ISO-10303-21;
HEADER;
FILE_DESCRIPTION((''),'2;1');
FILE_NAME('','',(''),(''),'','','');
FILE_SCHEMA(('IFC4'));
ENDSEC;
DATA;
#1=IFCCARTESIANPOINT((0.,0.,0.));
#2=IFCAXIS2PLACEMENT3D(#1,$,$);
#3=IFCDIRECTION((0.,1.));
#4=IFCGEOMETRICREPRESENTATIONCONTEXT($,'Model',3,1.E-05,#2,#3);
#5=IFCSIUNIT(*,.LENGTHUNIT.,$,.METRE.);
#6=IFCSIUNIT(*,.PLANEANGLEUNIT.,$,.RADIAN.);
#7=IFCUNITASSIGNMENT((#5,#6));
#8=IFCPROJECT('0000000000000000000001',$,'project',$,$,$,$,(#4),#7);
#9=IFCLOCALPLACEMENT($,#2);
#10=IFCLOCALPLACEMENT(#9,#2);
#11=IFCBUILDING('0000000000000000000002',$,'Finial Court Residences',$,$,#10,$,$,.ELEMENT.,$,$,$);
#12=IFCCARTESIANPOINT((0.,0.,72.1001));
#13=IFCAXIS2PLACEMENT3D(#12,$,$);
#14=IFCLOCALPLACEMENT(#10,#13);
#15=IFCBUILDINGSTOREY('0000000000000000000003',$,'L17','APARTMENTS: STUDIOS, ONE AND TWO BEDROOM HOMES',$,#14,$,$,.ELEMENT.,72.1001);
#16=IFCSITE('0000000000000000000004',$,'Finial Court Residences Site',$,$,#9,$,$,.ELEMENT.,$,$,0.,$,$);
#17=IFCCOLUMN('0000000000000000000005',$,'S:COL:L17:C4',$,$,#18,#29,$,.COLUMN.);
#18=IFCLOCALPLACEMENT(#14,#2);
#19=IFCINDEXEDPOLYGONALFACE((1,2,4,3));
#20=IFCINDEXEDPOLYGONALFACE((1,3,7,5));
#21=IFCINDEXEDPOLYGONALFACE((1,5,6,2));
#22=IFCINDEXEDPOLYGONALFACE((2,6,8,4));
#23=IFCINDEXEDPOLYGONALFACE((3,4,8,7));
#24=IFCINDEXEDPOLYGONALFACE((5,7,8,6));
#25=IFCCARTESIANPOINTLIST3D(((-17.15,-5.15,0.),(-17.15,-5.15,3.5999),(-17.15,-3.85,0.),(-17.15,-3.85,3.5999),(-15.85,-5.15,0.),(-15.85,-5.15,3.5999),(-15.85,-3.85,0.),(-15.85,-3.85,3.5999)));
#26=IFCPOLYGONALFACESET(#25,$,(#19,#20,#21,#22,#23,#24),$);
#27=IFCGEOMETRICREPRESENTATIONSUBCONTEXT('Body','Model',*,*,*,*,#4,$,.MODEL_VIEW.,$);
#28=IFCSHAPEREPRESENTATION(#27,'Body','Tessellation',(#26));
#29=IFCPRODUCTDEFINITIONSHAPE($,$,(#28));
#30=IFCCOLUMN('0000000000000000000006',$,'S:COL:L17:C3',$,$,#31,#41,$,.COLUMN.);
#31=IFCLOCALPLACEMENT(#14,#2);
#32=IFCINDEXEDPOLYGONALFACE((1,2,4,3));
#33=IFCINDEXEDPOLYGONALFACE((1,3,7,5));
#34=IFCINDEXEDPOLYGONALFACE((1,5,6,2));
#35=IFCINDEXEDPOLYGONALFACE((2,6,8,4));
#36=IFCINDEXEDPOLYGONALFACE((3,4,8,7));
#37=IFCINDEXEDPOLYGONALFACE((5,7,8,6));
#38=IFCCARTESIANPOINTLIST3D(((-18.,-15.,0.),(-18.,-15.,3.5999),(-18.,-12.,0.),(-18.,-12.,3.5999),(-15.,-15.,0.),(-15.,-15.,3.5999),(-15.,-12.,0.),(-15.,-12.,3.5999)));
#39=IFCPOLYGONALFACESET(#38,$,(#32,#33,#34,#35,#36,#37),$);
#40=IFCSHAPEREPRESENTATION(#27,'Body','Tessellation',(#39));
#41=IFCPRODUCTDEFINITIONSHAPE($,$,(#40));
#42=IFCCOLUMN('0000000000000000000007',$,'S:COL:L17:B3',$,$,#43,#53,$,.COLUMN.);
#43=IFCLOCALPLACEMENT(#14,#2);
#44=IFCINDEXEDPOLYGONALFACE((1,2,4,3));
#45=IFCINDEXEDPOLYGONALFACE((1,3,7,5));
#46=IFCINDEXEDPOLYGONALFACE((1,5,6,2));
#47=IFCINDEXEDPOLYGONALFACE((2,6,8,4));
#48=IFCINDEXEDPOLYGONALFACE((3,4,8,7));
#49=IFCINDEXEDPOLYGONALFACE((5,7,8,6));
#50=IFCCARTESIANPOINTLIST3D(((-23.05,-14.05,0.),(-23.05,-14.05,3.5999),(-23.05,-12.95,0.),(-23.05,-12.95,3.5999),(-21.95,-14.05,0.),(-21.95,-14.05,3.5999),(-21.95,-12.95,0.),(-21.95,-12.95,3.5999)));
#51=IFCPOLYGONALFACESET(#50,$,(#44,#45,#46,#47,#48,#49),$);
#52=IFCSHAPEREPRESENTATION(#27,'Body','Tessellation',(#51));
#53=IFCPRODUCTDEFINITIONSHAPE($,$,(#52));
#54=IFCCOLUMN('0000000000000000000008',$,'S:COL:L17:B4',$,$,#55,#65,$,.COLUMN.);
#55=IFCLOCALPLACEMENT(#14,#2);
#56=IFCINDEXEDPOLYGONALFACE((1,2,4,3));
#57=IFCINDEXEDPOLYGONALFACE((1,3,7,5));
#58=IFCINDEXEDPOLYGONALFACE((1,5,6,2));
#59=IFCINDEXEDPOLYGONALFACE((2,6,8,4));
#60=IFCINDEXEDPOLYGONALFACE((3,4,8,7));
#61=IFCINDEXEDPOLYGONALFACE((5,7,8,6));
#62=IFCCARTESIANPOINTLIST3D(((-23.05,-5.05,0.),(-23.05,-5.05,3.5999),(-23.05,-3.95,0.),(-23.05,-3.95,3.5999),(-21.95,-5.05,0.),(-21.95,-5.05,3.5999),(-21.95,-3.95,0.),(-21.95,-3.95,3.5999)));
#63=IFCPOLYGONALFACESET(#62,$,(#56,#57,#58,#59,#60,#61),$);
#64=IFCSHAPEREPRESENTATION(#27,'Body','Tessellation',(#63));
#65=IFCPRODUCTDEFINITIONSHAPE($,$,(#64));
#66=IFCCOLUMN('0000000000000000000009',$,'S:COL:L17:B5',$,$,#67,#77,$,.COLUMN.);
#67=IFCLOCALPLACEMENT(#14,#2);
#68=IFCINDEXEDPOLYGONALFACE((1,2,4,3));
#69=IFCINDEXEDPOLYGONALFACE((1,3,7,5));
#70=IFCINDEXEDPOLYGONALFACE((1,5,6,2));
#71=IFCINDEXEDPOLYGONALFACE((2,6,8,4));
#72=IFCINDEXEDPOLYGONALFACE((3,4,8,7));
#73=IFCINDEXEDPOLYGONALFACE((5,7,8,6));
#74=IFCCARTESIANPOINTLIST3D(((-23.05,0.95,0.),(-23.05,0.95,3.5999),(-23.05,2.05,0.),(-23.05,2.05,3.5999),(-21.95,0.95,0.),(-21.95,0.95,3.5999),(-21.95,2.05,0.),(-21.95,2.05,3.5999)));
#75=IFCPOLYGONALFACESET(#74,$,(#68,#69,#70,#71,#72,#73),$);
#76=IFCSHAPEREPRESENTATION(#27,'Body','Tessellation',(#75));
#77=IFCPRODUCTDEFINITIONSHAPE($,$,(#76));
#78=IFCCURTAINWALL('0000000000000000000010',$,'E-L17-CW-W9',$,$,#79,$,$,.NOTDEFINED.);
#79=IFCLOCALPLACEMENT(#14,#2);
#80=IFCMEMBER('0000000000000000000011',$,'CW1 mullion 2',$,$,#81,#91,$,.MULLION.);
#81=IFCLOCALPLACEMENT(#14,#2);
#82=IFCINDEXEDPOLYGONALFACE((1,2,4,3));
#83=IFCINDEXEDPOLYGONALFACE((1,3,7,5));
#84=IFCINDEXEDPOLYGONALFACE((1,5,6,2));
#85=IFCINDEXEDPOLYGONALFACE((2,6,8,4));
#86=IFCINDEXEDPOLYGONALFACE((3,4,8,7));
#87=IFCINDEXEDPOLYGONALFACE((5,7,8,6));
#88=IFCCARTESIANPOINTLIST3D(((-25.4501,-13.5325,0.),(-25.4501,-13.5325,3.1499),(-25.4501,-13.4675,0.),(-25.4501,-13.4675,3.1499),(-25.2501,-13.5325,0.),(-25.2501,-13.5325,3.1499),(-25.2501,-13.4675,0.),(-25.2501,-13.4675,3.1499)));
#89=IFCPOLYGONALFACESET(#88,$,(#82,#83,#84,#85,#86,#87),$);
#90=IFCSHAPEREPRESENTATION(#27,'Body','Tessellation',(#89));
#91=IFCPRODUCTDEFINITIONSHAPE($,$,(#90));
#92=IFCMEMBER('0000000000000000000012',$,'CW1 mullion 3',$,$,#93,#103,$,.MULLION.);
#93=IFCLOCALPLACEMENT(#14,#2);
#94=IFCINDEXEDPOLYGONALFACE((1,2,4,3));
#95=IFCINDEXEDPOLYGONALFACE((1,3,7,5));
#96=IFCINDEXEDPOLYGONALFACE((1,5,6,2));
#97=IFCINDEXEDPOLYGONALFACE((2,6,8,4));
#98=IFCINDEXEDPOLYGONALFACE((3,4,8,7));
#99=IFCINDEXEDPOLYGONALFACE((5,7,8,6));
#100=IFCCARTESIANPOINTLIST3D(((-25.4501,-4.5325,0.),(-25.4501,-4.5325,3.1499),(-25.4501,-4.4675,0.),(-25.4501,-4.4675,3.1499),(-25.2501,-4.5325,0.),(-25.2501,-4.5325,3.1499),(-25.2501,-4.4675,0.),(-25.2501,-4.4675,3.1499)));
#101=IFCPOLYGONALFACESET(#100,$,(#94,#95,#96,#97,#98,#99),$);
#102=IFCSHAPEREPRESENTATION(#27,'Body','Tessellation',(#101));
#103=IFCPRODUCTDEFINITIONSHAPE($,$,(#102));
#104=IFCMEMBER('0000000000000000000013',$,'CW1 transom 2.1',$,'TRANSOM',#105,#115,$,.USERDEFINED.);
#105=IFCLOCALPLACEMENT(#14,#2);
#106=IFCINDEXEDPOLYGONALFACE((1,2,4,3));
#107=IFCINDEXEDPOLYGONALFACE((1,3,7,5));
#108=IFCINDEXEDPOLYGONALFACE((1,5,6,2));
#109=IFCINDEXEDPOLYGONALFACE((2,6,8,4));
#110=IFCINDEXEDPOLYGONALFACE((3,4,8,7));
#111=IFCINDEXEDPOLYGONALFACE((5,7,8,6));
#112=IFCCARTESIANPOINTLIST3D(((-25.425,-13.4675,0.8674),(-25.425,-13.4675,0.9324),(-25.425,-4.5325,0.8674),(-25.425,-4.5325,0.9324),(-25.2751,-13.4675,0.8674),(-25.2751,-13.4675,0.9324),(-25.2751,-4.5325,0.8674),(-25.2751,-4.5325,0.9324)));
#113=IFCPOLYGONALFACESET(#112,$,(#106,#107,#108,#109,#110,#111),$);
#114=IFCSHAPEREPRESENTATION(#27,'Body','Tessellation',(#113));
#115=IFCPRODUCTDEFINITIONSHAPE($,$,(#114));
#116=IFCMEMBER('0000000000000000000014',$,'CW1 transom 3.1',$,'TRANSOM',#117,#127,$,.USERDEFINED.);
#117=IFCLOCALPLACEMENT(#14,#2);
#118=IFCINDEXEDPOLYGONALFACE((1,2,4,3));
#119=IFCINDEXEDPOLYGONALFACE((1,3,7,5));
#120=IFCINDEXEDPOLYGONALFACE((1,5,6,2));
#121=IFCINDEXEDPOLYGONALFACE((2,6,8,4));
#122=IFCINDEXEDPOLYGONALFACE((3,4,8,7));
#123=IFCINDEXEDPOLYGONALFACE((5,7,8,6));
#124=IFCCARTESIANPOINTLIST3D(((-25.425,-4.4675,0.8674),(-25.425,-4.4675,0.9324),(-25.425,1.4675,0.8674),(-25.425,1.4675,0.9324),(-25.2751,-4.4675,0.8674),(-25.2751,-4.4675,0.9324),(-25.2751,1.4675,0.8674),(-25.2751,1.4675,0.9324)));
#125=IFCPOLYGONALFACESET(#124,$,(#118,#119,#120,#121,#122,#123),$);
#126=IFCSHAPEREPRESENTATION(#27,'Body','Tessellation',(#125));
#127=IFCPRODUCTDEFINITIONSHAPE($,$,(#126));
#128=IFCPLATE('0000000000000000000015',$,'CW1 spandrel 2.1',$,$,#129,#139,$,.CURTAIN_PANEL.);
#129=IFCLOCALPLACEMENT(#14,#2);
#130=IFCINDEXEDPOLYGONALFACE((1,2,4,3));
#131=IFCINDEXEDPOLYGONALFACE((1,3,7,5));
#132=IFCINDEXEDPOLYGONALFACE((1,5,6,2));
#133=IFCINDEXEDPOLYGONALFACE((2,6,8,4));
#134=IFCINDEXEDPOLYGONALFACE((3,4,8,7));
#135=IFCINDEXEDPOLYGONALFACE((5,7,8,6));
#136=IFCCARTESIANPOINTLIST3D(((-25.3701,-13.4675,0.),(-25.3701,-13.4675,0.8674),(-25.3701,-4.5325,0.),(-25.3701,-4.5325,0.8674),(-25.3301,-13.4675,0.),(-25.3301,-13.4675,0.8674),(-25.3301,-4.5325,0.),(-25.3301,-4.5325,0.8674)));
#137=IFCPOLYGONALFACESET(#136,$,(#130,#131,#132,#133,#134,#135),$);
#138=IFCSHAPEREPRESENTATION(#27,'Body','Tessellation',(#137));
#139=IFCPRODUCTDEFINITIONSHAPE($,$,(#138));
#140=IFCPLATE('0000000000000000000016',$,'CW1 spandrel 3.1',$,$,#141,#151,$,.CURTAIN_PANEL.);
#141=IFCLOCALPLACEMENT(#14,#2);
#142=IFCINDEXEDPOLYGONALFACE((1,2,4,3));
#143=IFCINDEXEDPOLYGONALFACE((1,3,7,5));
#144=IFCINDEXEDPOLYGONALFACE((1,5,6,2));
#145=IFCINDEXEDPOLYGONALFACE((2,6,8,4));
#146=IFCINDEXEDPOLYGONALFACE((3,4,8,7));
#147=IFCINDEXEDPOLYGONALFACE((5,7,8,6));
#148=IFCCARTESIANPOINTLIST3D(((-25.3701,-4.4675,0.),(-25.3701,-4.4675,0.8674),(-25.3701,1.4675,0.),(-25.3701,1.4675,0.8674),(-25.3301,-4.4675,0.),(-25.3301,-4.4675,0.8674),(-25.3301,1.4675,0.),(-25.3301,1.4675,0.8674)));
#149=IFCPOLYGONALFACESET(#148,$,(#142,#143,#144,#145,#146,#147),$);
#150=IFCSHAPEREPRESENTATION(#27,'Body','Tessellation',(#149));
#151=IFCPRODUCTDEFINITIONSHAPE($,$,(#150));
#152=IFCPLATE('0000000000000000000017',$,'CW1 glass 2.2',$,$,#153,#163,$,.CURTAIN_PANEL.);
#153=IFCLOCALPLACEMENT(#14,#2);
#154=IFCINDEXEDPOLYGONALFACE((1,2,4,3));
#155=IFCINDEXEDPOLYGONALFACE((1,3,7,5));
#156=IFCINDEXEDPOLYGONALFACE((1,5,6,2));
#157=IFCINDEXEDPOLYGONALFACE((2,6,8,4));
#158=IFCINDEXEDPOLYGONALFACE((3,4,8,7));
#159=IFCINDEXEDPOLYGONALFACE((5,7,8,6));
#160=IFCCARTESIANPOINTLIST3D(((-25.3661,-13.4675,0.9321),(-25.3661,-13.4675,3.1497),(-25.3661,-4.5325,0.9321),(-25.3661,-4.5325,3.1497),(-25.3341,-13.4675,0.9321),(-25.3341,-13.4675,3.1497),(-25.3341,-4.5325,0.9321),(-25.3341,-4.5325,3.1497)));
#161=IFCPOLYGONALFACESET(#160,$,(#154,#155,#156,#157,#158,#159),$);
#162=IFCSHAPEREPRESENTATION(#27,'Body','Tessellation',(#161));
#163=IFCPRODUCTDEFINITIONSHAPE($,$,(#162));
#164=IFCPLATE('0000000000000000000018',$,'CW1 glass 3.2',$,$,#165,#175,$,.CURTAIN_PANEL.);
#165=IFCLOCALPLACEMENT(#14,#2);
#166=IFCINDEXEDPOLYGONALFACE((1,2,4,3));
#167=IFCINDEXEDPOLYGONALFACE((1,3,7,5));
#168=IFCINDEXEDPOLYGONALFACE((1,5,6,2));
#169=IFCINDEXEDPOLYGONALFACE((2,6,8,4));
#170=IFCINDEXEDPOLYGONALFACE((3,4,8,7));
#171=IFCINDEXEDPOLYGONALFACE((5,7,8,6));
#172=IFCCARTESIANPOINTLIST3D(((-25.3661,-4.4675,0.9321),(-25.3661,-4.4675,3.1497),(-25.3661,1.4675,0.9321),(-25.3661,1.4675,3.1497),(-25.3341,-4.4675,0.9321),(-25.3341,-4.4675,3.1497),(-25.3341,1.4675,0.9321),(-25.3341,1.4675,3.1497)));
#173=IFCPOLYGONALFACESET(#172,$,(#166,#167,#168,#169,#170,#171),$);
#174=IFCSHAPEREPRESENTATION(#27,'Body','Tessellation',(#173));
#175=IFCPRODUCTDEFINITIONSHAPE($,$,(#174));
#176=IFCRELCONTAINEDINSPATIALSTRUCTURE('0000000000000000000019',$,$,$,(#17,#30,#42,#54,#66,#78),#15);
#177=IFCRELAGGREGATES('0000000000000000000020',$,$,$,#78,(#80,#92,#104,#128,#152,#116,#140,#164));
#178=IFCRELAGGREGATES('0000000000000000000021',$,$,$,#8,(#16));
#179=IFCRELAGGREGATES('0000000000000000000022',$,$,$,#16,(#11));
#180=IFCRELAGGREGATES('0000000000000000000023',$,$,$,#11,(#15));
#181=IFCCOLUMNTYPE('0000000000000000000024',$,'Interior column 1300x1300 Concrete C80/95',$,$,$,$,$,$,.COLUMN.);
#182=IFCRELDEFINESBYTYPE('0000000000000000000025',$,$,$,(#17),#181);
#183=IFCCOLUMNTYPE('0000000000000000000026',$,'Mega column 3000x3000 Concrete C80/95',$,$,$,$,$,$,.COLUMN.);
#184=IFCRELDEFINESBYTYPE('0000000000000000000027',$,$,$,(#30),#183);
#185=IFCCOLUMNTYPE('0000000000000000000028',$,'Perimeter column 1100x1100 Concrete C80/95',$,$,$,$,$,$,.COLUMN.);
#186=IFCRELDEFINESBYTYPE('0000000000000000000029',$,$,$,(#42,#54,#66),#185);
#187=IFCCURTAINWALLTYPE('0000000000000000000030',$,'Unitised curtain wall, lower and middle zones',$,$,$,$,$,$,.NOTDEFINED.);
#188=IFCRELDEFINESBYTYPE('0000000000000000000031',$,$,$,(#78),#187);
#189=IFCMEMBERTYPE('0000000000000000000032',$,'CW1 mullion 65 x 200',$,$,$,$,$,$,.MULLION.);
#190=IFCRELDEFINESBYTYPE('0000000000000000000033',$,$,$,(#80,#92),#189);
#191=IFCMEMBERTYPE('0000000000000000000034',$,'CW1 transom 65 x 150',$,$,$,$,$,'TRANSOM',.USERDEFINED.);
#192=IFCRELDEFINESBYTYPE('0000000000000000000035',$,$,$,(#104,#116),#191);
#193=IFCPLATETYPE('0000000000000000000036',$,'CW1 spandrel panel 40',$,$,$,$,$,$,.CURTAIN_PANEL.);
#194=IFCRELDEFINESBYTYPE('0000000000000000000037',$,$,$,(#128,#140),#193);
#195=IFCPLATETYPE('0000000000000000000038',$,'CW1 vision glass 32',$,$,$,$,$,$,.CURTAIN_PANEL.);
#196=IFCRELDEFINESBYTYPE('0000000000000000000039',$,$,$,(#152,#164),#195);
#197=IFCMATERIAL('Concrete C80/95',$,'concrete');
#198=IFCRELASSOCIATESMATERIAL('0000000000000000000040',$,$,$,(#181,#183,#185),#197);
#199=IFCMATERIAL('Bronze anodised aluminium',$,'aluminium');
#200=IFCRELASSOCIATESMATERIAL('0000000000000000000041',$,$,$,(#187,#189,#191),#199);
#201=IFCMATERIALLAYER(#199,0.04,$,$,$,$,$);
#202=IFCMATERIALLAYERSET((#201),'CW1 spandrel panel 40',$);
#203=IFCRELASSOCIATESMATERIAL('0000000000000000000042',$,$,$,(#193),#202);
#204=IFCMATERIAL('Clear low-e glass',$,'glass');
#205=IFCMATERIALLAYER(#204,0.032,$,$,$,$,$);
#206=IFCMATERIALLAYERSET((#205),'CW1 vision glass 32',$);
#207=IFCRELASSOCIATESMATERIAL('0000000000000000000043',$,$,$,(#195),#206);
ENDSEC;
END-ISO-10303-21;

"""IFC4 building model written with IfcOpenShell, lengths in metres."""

from ifc_helpers import new_model, si_unit, direction, frame, origin, origin_2d, place, context, subcontext, project, spatial, rectangle, extrude, material, layer, layer_set, material_profile, profile_set, type_object, element, aggregate, save


model = new_model("IFC4")

# Units and contexts
model_context = context("Model", 3, precision=1e-05, world=origin(), true_north=direction((0.0, 1.0)))
body_context = subcontext(model_context, "Body", "Model", "MODEL_VIEW")
ifc_project = project(units=[si_unit("LENGTHUNIT", "METRE"), si_unit("PLANEANGLEUNIT", "RADIAN")], contexts=[model_context])

# Site, building, storey
site_placement = place(None, origin())
site = spatial("IfcSite", under=ifc_project, at=site_placement, Name="Finial Court Residences Site", CompositionType="ELEMENT", RefElevation=0.0)
building_placement = place(site_placement, origin())
building = spatial("IfcBuilding", under=site, at=building_placement, Name="Finial Court Residences", CompositionType="ELEMENT")
storey_placement = place(building_placement, frame((0.0, 0.0, 72.1001)))
storey = spatial("IfcBuildingStorey", under=building, at=storey_placement, Name="L17", Description="APARTMENTS: STUDIOS, ONE AND TWO BEDROOM HOMES", CompositionType="ELEMENT", Elevation=72.1001)

# Columns
ifc_material_1 = material(Name="Concrete C80/95", Category="concrete")
ifc_material_profile_1 = material_profile(ifc_material_1, rectangle(XDim=1.3, YDim=1.3, at=origin_2d()), Name="1300x1300")
ifc_profile_set_1 = profile_set([ifc_material_profile_1], Name="Concrete C80/95")
column_type_1 = type_object("IfcColumnType", Name="Interior column 1300x1300 Concrete C80/95", PredefinedType="COLUMN", material=ifc_profile_set_1)
column_1_placement = place(storey_placement, frame((-16.5, -4.5, 0.0), z_axis=(0.0, 0.0, 1.0), x_axis=(1.0, 0.0, 0.0)))
element("IfcColumn", 1, at=column_1_placement, inside=storey, type_object=column_type_1, Name="S:COL:L17:C4", PredefinedType="COLUMN", context=body_context, shape_type="SweptSolid", body=[
    extrude(rectangle(XDim=1.3, YDim=1.3, at=origin_2d()), origin(), (0.0, 0.0, 1.0), 3.5999),
])
ifc_material_profile_2 = material_profile(ifc_material_1, rectangle(XDim=3.0, YDim=3.0, at=origin_2d()), Name="3000x3000")
ifc_profile_set_2 = profile_set([ifc_material_profile_2], Name="Concrete C80/95")
column_type_2 = type_object("IfcColumnType", Name="Mega column 3000x3000 Concrete C80/95", PredefinedType="COLUMN", material=ifc_profile_set_2)
column_2_placement = place(storey_placement, frame((-16.5, -13.5, 0.0), z_axis=(0.0, 0.0, 1.0), x_axis=(1.0, 0.0, 0.0)))
element("IfcColumn", 2, at=column_2_placement, inside=storey, type_object=column_type_2, Name="S:COL:L17:C3", PredefinedType="COLUMN", context=body_context, shape_type="SweptSolid", body=[
    extrude(rectangle(XDim=3.0, YDim=3.0, at=origin_2d()), origin(), (0.0, 0.0, 1.0), 3.5999),
])
ifc_material_profile_3 = material_profile(ifc_material_1, rectangle(XDim=1.1001, YDim=1.1001, at=origin_2d()), Name="1100x1100")
ifc_profile_set_3 = profile_set([ifc_material_profile_3], Name="Concrete C80/95")
column_type_3 = type_object("IfcColumnType", Name="Perimeter column 1100x1100 Concrete C80/95", PredefinedType="COLUMN", material=ifc_profile_set_3)
for number, where, z_axis, x_axis, name in (
    (3, (-22.5, -13.5, 0.0), (0.0, 0.0, 1.0), (1.0, 0.0, 0.0), "S:COL:L17:B3"),
    (4, (-22.5, -4.5, 0.0), (0.0, 0.0, 1.0), (1.0, 0.0, 0.0), "S:COL:L17:B4"),
    (5, (-22.5, 1.5, 0.0), (0.0, 0.0, 1.0), (1.0, 0.0, 0.0), "S:COL:L17:B5"),
):
    element("IfcColumn", number, at=place(storey_placement, frame(where, z_axis=z_axis, x_axis=x_axis)), inside=storey, type_object=column_type_3, Name=name, PredefinedType="COLUMN", context=body_context, shape_type="SweptSolid", body=[
        extrude(rectangle(XDim=1.1001, YDim=1.1001, at=origin_2d()), origin(), (0.0, 0.0, 1.0), 3.5999),
    ])

# Curtain wall, members, plates
ifc_material_2 = material(Name="Bronze anodised aluminium", Category="aluminium")
curtain_wall_type = type_object("IfcCurtainWallType", Name="Unitised curtain wall, lower and middle zones", PredefinedType="NOTDEFINED", material=ifc_material_2)
curtain_wall_placement = place(storey_placement, origin())
curtain_wall = element("IfcCurtainWall", 6, at=curtain_wall_placement, inside=storey, type_object=curtain_wall_type, Name="E-L17-CW-W9", PredefinedType="NOTDEFINED")
ifc_material_profile_4 = material_profile(ifc_material_2, rectangle(XDim=0.2, YDim=0.0649, at=origin_2d()), Name="CW1 mullion 65 x 200")
ifc_profile_set_4 = profile_set([ifc_material_profile_4], Name="Bronze anodised aluminium")
member_type_1 = type_object("IfcMemberType", Name="CW1 mullion 65 x 200", PredefinedType="MULLION", material=ifc_profile_set_4)
member_1_placement = place(storey_placement, frame((-25.3501, -13.5, 0.0), z_axis=(0.0, 0.0, 1.0), x_axis=(-1.0, 0.0, 0.0)))
member_1 = element("IfcMember", 7, at=member_1_placement, type_object=member_type_1, Name="CW1 mullion 2", PredefinedType="MULLION", context=body_context, shape_type="SweptSolid", body=[
    extrude(rectangle(XDim=0.2, YDim=0.0649, at=origin_2d()), origin(), (0.0, 0.0, 1.0), 3.1499),
])
member_2_placement = place(storey_placement, frame((-25.3501, -4.5, 0.0), z_axis=(0.0, 0.0, 1.0), x_axis=(-1.0, 0.0, 0.0)))
member_2 = element("IfcMember", 8, at=member_2_placement, type_object=member_type_1, Name="CW1 mullion 3", PredefinedType="MULLION", context=body_context, shape_type="SweptSolid", body=[
    extrude(rectangle(XDim=0.2, YDim=0.0649, at=origin_2d()), origin(), (0.0, 0.0, 1.0), 3.1499),
])
ifc_material_profile_5 = material_profile(ifc_material_2, rectangle(XDim=0.1499, YDim=0.0649, at=origin_2d()), Name="CW1 transom 65 x 150")
ifc_profile_set_5 = profile_set([ifc_material_profile_5], Name="Bronze anodised aluminium")
member_type_2 = type_object("IfcMemberType", Name="CW1 transom 65 x 150", ElementType="TRANSOM", PredefinedType="USERDEFINED", material=ifc_profile_set_5)
member_3_placement = place(storey_placement, frame((-25.3501, -13.4675, 0.8999), z_axis=(0.0, 1.0, 0.0), x_axis=(-1.0, 0.0, 0.0)))
member_3 = element("IfcMember", 9, at=member_3_placement, type_object=member_type_2, Name="CW1 transom 2.1", ObjectType="TRANSOM", PredefinedType="USERDEFINED", context=body_context, shape_type="SweptSolid", body=[
    extrude(rectangle(XDim=0.1499, YDim=0.0649, at=origin_2d()), origin(), (0.0, 0.0, 1.0), 8.9351),
])
member_4_placement = place(storey_placement, frame((-25.3501, -4.4675, 0.8999), z_axis=(0.0, 1.0, 0.0), x_axis=(-1.0, 0.0, 0.0)))
member_4 = element("IfcMember", 10, at=member_4_placement, type_object=member_type_2, Name="CW1 transom 3.1", ObjectType="TRANSOM", PredefinedType="USERDEFINED", context=body_context, shape_type="SweptSolid", body=[
    extrude(rectangle(XDim=0.1499, YDim=0.0649, at=origin_2d()), origin(), (0.0, 0.0, 1.0), 5.9351),
])
ifc_layer_1 = layer(ifc_material_2, 0.04)
ifc_layer_set_1 = layer_set([ifc_layer_1], Name="CW1 spandrel panel 40")
plate_type_1 = type_object("IfcPlateType", Name="CW1 spandrel panel 40", PredefinedType="CURTAIN_PANEL", material=ifc_layer_set_1)
plate_1_placement = place(storey_placement, frame((-25.3501, -9.0, 0.0), z_axis=(0.0, 0.0, 1.0), x_axis=(0.0, 1.0, 0.0)))
plate_1 = element("IfcPlate", 11, at=plate_1_placement, type_object=plate_type_1, Name="CW1 spandrel 2.1", PredefinedType="CURTAIN_PANEL", context=body_context, shape_type="SweptSolid", body=[
    extrude(rectangle(XDim=8.9351, YDim=0.04, at=origin_2d()), origin(), (0.0, 0.0, 1.0), 0.8674),
])
plate_2_placement = place(storey_placement, frame((-25.3501, -1.5, 0.0), z_axis=(0.0, 0.0, 1.0), x_axis=(0.0, 1.0, 0.0)))
plate_2 = element("IfcPlate", 12, at=plate_2_placement, type_object=plate_type_1, Name="CW1 spandrel 3.1", PredefinedType="CURTAIN_PANEL", context=body_context, shape_type="SweptSolid", body=[
    extrude(rectangle(XDim=5.9351, YDim=0.04, at=origin_2d()), origin(), (0.0, 0.0, 1.0), 0.8674),
])
ifc_material_3 = material(Name="Clear low-e glass", Category="glass")
ifc_layer_2 = layer(ifc_material_3, 0.032)
ifc_layer_set_2 = layer_set([ifc_layer_2], Name="CW1 vision glass 32")
plate_type_2 = type_object("IfcPlateType", Name="CW1 vision glass 32", PredefinedType="CURTAIN_PANEL", material=ifc_layer_set_2)
plate_3_placement = place(storey_placement, frame((-25.3501, -9.0, 0.9321), z_axis=(0.0, 0.0, 1.0), x_axis=(0.0, 1.0, 0.0)))
plate_3 = element("IfcPlate", 13, at=plate_3_placement, type_object=plate_type_2, Name="CW1 glass 2.2", PredefinedType="CURTAIN_PANEL", context=body_context, shape_type="SweptSolid", body=[
    extrude(rectangle(XDim=8.9351, YDim=0.032, at=origin_2d()), origin(), (0.0, 0.0, 1.0), 2.2175),
])
plate_4_placement = place(storey_placement, frame((-25.3501, -1.5, 0.9321), z_axis=(0.0, 0.0, 1.0), x_axis=(0.0, 1.0, 0.0)))
plate_4 = element("IfcPlate", 14, at=plate_4_placement, type_object=plate_type_2, Name="CW1 glass 3.2", PredefinedType="CURTAIN_PANEL", context=body_context, shape_type="SweptSolid", body=[
    extrude(rectangle(XDim=5.9351, YDim=0.032, at=origin_2d()), origin(), (0.0, 0.0, 1.0), 2.2175),
])
aggregate(curtain_wall, [member_1, member_2, member_3, plate_1, plate_3, member_4, plate_2, plate_4])

save(model, "model.ifc")
